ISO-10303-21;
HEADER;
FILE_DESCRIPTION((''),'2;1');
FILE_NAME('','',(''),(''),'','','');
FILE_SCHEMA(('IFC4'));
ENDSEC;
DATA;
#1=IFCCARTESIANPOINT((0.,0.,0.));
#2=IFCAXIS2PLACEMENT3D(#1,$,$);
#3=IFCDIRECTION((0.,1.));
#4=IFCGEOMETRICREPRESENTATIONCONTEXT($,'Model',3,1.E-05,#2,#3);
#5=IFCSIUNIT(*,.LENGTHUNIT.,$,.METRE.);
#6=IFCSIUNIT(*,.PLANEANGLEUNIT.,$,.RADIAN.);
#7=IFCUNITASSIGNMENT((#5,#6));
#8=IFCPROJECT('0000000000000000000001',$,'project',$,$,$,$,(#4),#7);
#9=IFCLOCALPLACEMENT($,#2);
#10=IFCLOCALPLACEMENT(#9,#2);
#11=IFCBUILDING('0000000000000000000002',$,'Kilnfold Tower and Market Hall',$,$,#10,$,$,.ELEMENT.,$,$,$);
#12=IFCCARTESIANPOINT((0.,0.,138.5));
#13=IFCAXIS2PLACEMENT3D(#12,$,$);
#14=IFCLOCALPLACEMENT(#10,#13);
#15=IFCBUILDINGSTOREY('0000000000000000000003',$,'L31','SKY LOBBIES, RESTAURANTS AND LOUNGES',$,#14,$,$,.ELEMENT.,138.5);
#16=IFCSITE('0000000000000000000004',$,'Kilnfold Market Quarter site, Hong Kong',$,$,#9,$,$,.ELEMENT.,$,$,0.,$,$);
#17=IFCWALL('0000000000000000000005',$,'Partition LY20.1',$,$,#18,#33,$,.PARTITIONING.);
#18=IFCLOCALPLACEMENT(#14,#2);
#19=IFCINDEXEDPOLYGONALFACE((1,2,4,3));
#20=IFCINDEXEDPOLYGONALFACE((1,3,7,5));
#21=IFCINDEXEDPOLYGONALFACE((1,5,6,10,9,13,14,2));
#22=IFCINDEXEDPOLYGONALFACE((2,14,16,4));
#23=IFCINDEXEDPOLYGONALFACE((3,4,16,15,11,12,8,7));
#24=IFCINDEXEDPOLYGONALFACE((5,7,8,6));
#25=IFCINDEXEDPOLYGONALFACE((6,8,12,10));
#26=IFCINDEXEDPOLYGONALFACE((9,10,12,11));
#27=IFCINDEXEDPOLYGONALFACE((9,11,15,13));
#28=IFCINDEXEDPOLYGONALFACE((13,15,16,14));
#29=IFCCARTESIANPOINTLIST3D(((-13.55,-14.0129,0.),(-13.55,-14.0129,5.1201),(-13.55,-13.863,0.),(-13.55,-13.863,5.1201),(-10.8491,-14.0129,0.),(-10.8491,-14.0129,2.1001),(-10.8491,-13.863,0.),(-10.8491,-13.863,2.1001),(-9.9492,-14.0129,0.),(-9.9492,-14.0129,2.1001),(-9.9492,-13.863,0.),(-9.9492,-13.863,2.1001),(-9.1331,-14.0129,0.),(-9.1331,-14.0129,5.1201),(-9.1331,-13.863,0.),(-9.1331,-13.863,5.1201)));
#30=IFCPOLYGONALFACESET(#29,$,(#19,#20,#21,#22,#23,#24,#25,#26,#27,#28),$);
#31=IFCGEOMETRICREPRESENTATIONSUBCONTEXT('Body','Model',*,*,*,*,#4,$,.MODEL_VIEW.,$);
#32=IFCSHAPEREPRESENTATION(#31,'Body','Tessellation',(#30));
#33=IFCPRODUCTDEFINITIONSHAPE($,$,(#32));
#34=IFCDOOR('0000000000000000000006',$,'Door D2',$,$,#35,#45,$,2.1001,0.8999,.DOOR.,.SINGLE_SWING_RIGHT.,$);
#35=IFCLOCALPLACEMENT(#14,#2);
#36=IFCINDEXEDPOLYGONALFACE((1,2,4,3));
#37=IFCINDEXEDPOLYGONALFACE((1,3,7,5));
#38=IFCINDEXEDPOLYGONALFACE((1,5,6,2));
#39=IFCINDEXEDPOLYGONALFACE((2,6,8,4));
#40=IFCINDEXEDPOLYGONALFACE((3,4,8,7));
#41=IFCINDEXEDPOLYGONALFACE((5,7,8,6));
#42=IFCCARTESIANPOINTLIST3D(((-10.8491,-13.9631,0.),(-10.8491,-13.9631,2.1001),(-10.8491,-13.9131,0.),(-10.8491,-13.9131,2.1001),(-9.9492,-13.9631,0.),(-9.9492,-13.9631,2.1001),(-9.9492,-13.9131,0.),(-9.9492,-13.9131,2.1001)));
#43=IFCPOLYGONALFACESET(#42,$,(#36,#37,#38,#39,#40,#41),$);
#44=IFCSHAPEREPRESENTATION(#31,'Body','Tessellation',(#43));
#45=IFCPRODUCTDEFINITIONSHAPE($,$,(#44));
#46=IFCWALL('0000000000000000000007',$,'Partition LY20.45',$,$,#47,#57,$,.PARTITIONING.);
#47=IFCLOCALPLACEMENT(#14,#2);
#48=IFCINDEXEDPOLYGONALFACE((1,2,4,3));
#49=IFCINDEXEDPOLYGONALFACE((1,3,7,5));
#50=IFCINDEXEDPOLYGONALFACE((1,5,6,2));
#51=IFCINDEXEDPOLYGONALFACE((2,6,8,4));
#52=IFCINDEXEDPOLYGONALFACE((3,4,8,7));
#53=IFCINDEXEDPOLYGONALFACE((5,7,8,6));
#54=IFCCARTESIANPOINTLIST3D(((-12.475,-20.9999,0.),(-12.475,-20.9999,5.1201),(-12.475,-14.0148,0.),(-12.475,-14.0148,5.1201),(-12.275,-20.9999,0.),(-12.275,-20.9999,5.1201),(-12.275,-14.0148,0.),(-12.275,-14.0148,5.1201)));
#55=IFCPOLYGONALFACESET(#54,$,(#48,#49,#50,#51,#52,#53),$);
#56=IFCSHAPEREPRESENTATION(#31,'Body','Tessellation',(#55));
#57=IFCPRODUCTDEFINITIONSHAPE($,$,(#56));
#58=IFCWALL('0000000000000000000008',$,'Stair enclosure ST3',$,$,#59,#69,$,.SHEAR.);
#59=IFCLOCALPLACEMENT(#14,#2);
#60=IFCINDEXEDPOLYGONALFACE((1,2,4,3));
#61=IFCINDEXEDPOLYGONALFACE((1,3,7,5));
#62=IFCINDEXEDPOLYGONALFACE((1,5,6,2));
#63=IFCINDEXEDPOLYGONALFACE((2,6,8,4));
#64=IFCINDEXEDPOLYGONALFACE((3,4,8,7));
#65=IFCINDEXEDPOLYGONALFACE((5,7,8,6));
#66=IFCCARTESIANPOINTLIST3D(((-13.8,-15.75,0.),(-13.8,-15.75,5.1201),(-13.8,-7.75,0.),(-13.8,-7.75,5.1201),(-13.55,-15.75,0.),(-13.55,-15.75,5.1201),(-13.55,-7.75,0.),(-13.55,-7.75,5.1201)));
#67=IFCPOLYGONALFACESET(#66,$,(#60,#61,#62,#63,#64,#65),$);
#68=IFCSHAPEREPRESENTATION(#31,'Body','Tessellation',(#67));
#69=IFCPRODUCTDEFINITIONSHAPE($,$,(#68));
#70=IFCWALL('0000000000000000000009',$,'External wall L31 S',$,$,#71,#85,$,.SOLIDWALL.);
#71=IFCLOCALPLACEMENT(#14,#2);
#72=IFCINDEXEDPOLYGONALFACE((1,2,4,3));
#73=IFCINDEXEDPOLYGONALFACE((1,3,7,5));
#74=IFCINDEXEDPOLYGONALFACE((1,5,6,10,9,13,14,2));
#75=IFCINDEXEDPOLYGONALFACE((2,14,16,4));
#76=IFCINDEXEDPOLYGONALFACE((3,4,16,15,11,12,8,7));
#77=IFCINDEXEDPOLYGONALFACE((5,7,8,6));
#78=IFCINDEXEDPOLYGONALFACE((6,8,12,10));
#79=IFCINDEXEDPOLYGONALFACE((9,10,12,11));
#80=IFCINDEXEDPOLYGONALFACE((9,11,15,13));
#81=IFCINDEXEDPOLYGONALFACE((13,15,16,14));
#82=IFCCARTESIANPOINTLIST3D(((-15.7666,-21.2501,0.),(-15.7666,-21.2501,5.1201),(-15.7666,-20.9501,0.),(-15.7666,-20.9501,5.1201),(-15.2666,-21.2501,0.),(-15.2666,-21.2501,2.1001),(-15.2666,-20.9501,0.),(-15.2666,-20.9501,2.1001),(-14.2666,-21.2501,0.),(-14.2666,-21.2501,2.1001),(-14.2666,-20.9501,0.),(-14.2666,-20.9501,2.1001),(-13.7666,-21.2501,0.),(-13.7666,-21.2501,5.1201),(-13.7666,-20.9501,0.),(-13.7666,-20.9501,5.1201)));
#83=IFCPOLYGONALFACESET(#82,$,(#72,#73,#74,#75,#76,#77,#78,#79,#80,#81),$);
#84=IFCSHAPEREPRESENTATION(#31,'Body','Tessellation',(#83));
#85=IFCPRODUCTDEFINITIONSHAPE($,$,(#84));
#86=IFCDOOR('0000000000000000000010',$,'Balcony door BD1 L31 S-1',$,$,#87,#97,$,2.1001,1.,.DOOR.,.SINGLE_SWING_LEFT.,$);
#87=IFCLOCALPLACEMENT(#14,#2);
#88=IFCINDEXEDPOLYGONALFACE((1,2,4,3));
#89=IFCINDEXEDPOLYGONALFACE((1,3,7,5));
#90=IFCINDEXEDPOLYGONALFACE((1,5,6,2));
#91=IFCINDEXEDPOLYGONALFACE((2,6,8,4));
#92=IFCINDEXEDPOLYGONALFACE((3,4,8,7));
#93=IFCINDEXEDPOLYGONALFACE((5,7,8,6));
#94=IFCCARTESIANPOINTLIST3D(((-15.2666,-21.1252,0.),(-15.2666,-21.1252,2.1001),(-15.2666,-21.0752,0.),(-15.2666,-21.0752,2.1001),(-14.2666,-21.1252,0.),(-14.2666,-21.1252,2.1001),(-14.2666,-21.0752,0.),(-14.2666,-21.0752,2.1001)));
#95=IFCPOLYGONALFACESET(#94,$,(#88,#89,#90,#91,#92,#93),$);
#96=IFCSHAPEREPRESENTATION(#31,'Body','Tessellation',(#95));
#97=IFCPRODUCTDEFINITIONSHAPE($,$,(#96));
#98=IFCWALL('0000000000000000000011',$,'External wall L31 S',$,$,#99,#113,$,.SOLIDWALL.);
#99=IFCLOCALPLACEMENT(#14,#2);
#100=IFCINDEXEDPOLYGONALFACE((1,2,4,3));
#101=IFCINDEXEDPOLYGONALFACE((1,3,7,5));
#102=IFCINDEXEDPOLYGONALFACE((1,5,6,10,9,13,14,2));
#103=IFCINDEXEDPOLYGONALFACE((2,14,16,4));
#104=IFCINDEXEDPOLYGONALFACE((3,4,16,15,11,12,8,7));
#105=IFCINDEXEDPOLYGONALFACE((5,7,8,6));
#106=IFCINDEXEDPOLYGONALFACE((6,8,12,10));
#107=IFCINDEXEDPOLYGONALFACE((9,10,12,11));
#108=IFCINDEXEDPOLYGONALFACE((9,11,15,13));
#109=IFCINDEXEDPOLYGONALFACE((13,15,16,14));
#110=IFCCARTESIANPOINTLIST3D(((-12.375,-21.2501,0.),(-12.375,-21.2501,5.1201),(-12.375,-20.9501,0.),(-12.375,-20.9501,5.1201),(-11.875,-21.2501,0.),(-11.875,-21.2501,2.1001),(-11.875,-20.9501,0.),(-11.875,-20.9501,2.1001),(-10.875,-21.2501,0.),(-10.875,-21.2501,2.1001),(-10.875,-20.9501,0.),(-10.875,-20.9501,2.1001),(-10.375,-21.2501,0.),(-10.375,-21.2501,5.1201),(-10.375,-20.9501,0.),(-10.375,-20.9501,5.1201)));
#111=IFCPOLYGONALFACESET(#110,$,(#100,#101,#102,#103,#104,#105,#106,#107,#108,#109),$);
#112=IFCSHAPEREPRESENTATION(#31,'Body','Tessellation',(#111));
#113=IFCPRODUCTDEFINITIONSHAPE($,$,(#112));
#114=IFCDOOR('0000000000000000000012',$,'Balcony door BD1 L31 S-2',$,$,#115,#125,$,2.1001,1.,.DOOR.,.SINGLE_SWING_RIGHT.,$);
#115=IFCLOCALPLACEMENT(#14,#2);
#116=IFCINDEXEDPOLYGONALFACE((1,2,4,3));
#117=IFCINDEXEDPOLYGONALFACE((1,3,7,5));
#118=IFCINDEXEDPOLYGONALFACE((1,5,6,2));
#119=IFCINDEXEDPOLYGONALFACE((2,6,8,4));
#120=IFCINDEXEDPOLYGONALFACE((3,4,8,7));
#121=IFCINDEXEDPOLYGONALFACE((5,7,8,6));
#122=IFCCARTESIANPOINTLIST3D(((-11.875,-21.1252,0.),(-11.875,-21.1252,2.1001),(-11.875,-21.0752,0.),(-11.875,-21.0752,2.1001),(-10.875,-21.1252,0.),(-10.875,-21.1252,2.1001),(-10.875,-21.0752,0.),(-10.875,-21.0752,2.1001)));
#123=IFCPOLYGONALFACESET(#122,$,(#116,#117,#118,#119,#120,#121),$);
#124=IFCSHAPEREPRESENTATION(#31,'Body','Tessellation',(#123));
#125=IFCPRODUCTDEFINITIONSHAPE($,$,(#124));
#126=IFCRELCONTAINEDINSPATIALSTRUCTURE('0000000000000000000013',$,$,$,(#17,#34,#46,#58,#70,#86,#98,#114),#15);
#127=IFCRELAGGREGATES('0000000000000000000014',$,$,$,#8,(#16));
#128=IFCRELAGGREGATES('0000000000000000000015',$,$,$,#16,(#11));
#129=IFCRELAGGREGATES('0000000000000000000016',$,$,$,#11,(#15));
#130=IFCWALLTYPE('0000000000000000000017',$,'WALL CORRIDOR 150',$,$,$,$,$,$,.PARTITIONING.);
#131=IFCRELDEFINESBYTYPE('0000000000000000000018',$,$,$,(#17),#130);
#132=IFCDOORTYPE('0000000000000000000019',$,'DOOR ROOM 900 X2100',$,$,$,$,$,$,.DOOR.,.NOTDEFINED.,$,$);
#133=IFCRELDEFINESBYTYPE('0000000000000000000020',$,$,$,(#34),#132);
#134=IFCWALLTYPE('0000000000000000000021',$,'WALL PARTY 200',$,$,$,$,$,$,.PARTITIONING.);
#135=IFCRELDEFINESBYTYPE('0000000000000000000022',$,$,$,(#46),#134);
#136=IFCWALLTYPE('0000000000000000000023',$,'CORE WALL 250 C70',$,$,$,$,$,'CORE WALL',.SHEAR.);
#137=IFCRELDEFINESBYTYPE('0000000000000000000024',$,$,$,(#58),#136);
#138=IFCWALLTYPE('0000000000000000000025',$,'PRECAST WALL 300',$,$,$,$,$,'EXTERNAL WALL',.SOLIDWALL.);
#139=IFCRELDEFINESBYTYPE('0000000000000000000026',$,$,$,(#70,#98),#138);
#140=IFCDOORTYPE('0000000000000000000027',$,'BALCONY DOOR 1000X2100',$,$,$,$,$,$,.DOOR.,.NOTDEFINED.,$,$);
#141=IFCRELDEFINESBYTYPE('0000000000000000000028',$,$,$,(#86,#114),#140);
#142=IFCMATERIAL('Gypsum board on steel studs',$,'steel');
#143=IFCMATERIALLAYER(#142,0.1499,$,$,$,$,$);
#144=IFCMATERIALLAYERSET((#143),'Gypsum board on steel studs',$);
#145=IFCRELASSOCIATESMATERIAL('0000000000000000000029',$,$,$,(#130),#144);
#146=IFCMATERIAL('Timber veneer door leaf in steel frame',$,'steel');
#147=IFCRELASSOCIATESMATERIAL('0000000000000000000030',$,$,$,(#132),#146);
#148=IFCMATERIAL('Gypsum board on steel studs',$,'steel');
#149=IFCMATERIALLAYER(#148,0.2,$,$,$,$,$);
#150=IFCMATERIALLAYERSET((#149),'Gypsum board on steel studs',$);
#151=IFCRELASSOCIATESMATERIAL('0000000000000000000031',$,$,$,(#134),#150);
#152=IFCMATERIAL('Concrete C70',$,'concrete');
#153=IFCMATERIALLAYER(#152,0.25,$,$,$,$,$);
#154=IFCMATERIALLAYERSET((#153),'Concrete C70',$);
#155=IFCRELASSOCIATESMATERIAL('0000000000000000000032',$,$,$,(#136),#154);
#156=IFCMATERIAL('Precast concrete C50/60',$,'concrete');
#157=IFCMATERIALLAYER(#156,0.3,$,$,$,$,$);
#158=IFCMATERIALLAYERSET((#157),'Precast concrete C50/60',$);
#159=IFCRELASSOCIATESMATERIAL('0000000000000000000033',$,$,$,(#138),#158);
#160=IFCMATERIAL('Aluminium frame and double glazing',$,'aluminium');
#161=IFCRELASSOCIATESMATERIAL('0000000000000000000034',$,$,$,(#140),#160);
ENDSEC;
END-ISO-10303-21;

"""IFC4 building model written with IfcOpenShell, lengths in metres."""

from ifc_helpers import new_model, si_unit, direction, frame, frame_2d, origin, place, context, subcontext, project, spatial, rectangle, extrude, source, transform, mapped, material, layer, layer_set, type_object, element, fill, save


model = new_model("IFC4")

# Units and contexts
model_context = context("Model", 3, precision=1e-05, world=origin(), true_north=direction((0.0, 1.0)))
body_context = subcontext(model_context, "Body", "Model", "MODEL_VIEW")
ifc_project = project(units=[si_unit("LENGTHUNIT", "METRE"), si_unit("PLANEANGLEUNIT", "RADIAN")], contexts=[model_context])

# Site, building, storey
site_placement = place(None, origin())
site = spatial("IfcSite", under=ifc_project, at=site_placement, Name="Kilnfold Market Quarter site, Hong Kong", CompositionType="ELEMENT", RefElevation=0.0)
building_placement = place(site_placement, origin())
building = spatial("IfcBuilding", under=site, at=building_placement, Name="Kilnfold Tower and Market Hall", CompositionType="ELEMENT")
storey_placement = place(building_placement, frame((0.0, 0.0, 138.5)))
storey = spatial("IfcBuildingStorey", under=building, at=storey_placement, Name="L31", Description="SKY LOBBIES, RESTAURANTS AND LOUNGES", CompositionType="ELEMENT", Elevation=138.5)

# Wall, opening, door
ifc_material_1 = material(Name="Gypsum board on steel studs", Category="steel")
ifc_layer_1 = layer(ifc_material_1, 0.1499)
ifc_layer_set_1 = layer_set([ifc_layer_1], Name="Gypsum board on steel studs")
wall_type_1 = type_object("IfcWallType", Name="WALL CORRIDOR 150", PredefinedType="PARTITIONING", material=ifc_layer_set_1)
wall_1_placement = place(storey_placement, frame((-13.55, -13.938, 0.0), z_axis=(0.0, 0.0, 1.0), x_axis=(1.0, 0.0, 0.0)))
wall_1 = element("IfcWall", 1, at=wall_1_placement, inside=storey, type_object=wall_type_1, Name="Partition LY20.1", PredefinedType="PARTITIONING", context=body_context, shape_type="SweptSolid", body=[
    extrude(rectangle(XDim=4.417, YDim=0.1499, at=frame_2d((2.2085, 0.0))), origin(), (0.0, 0.0, 1.0), 5.1201),
])
opening_1_placement = place(wall_1_placement, frame((2.7009, 0.0, 0.0)))
opening_1 = element("IfcOpeningElement", 2, at=opening_1_placement, cuts=wall_1, PredefinedType="OPENING", context=body_context, shape_type="SweptSolid", body=[
    extrude(rectangle(XDim=0.8999, YDim=2.1001, at=frame_2d((0.45, 1.05))), frame((0.0, 0.085, 0.0), z_axis=(0.0, -1.0, 0.0), x_axis=(1.0, 0.0, 0.0)), (0.0, 0.0, 1.0), 0.1699),
])
ifc_material_2 = material(Name="Timber veneer door leaf in steel frame", Category="steel")
door_type_1 = type_object("IfcDoorType", Name="DOOR ROOM 900 X2100", OperationType="NOTDEFINED", PredefinedType="DOOR", material=ifc_material_2)
door_1_placement = place(opening_1_placement, origin())
door_1 = element("IfcDoor", 3, at=door_1_placement, inside=storey, type_object=door_type_1, Name="Door D2", OperationType="SINGLE_SWING_RIGHT", OverallHeight=2.1001, OverallWidth=0.8999, PredefinedType="DOOR", context=body_context, shape_type="SweptSolid", body=[
    extrude(rectangle(XDim=0.8999, YDim=2.1001, at=frame_2d((0.45, 1.05))), frame((0.0, 0.0249, 0.0), z_axis=(0.0, -1.0, 0.0), x_axis=(1.0, 0.0, 0.0)), (0.0, 0.0, 1.0), 0.05),
])
fill(opening_1, door_1)

# Walls
ifc_material_3 = material(Name="Gypsum board on steel studs", Category="steel")
ifc_layer_2 = layer(ifc_material_3, 0.2)
ifc_layer_set_2 = layer_set([ifc_layer_2], Name="Gypsum board on steel studs")
wall_type_2 = type_object("IfcWallType", Name="WALL PARTY 200", PredefinedType="PARTITIONING", material=ifc_layer_set_2)
wall_2_placement = place(storey_placement, frame((-12.375, -21.0, 0.0), z_axis=(0.0, 0.0, 1.0), x_axis=(0.0, 1.0, 0.0)))
element("IfcWall", 4, at=wall_2_placement, inside=storey, type_object=wall_type_2, Name="Partition LY20.45", PredefinedType="PARTITIONING", context=body_context, shape_type="SweptSolid", body=[
    extrude(rectangle(XDim=6.9851, YDim=0.2, at=frame_2d((3.4927, 0.0))), origin(), (0.0, 0.0, 1.0), 5.1201),
])
ifc_material_4 = material(Name="Concrete C70", Category="concrete")
ifc_layer_3 = layer(ifc_material_4, 0.25)
ifc_layer_set_3 = layer_set([ifc_layer_3], Name="Concrete C70")
wall_type_3 = type_object("IfcWallType", Name="CORE WALL 250 C70", ElementType="CORE WALL", PredefinedType="SHEAR", material=ifc_layer_set_3)
shared_shape_1 = source(origin(), body_context, "Body", "SweptSolid", [
    extrude(rectangle(XDim=8.0, YDim=0.25, at=frame_2d((4.0, 0.0))), origin(), (0.0, 0.0, 1.0), 5.1201),
])
wall_3_placement = place(storey_placement, frame((-13.675, -15.75, 0.0), z_axis=(0.0, 0.0, 1.0), x_axis=(0.0, 1.0, 0.0)))
element("IfcWall", 5, at=wall_3_placement, inside=storey, type_object=wall_type_3, Name="Stair enclosure ST3", PredefinedType="SHEAR", context=body_context, shape_type="MappedRepresentation", body=[
    mapped(shared_shape_1, transform((0.0, 0.0, 0.0))),
])

# Walls, openings, doors
ifc_material_5 = material(Name="Precast concrete C50/60", Category="concrete")
ifc_layer_4 = layer(ifc_material_5, 0.3)
ifc_layer_set_4 = layer_set([ifc_layer_4], Name="Precast concrete C50/60")
wall_type_4 = type_object("IfcWallType", Name="PRECAST WALL 300", ElementType="EXTERNAL WALL", PredefinedType="SOLIDWALL", material=ifc_layer_set_4)
shared_shape_2 = source(origin(), body_context, "Body", "SweptSolid", [
    extrude(rectangle(XDim=2.0, YDim=0.3, at=frame_2d((1.0, 0.0))), origin(), (0.0, 0.0, 1.0), 5.1201),
])
wall_4_placement = place(storey_placement, frame((-15.7666, -21.1001, 0.0), z_axis=(0.0, 0.0, 1.0), x_axis=(1.0, 0.0, 0.0)))
wall_4 = element("IfcWall", 6, at=wall_4_placement, inside=storey, type_object=wall_type_4, Name="External wall L31 S", PredefinedType="SOLIDWALL", context=body_context, shape_type="MappedRepresentation", body=[
    mapped(shared_shape_2, transform((0.0, 0.0, 0.0))),
])
opening_2_placement = place(wall_4_placement, frame((0.5, 0.0, 0.0)))
opening_2 = element("IfcOpeningElement", 7, at=opening_2_placement, cuts=wall_4, PredefinedType="OPENING", context=body_context, shape_type="SweptSolid", body=[
    extrude(rectangle(XDim=1.0, YDim=2.1001, at=frame_2d((0.5, 1.05))), frame((0.0, 0.1602, 0.0), z_axis=(0.0, -1.0, 0.0), x_axis=(1.0, 0.0, 0.0)), (0.0, 0.0, 1.0), 0.3201),
])
ifc_material_6 = material(Name="Aluminium frame and double glazing", Category="aluminium")
door_type_2 = type_object("IfcDoorType", Name="BALCONY DOOR 1000X2100", OperationType="NOTDEFINED", PredefinedType="DOOR", material=ifc_material_6)
door_2_placement = place(opening_2_placement, origin())
door_2 = element("IfcDoor", 8, at=door_2_placement, inside=storey, type_object=door_type_2, Name="Balcony door BD1 L31 S-1", OperationType="SINGLE_SWING_LEFT", OverallHeight=2.1001, OverallWidth=1.0, PredefinedType="DOOR", context=body_context, shape_type="SweptSolid", body=[
    extrude(rectangle(XDim=1.0, YDim=2.1001, at=frame_2d((0.5, 1.05))), frame((0.0, 0.0249, 0.0), z_axis=(0.0, -1.0, 0.0), x_axis=(1.0, 0.0, 0.0)), (0.0, 0.0, 1.0), 0.05),
])
fill(opening_2, door_2)
wall_5_placement = place(storey_placement, frame((-12.375, -21.1001, 0.0), z_axis=(0.0, 0.0, 1.0), x_axis=(1.0, 0.0, 0.0)))
wall_5 = element("IfcWall", 9, at=wall_5_placement, inside=storey, type_object=wall_type_4, Name="External wall L31 S", PredefinedType="SOLIDWALL", context=body_context, shape_type="MappedRepresentation", body=[
    mapped(shared_shape_2, transform((0.0, 0.0, 0.0))),
])
opening_3_placement = place(wall_5_placement, frame((0.5, 0.0, 0.0)))
opening_3 = element("IfcOpeningElement", 10, at=opening_3_placement, cuts=wall_5, PredefinedType="OPENING", context=body_context, shape_type="SweptSolid", body=[
    extrude(rectangle(XDim=1.0, YDim=2.1001, at=frame_2d((0.5, 1.05))), frame((0.0, 0.1602, 0.0), z_axis=(0.0, -1.0, 0.0), x_axis=(1.0, 0.0, 0.0)), (0.0, 0.0, 1.0), 0.3201),
])
door_3_placement = place(opening_3_placement, origin())
door_3 = element("IfcDoor", 11, at=door_3_placement, inside=storey, type_object=door_type_2, Name="Balcony door BD1 L31 S-2", OperationType="SINGLE_SWING_RIGHT", OverallHeight=2.1001, OverallWidth=1.0, PredefinedType="DOOR", context=body_context, shape_type="SweptSolid", body=[
    extrude(rectangle(XDim=1.0, YDim=2.1001, at=frame_2d((0.5, 1.05))), frame((0.0, 0.0249, 0.0), z_axis=(0.0, -1.0, 0.0), x_axis=(1.0, 0.0, 0.0)), (0.0, 0.0, 1.0), 0.05),
])
fill(opening_3, door_3)

save(model, "model.ifc")
